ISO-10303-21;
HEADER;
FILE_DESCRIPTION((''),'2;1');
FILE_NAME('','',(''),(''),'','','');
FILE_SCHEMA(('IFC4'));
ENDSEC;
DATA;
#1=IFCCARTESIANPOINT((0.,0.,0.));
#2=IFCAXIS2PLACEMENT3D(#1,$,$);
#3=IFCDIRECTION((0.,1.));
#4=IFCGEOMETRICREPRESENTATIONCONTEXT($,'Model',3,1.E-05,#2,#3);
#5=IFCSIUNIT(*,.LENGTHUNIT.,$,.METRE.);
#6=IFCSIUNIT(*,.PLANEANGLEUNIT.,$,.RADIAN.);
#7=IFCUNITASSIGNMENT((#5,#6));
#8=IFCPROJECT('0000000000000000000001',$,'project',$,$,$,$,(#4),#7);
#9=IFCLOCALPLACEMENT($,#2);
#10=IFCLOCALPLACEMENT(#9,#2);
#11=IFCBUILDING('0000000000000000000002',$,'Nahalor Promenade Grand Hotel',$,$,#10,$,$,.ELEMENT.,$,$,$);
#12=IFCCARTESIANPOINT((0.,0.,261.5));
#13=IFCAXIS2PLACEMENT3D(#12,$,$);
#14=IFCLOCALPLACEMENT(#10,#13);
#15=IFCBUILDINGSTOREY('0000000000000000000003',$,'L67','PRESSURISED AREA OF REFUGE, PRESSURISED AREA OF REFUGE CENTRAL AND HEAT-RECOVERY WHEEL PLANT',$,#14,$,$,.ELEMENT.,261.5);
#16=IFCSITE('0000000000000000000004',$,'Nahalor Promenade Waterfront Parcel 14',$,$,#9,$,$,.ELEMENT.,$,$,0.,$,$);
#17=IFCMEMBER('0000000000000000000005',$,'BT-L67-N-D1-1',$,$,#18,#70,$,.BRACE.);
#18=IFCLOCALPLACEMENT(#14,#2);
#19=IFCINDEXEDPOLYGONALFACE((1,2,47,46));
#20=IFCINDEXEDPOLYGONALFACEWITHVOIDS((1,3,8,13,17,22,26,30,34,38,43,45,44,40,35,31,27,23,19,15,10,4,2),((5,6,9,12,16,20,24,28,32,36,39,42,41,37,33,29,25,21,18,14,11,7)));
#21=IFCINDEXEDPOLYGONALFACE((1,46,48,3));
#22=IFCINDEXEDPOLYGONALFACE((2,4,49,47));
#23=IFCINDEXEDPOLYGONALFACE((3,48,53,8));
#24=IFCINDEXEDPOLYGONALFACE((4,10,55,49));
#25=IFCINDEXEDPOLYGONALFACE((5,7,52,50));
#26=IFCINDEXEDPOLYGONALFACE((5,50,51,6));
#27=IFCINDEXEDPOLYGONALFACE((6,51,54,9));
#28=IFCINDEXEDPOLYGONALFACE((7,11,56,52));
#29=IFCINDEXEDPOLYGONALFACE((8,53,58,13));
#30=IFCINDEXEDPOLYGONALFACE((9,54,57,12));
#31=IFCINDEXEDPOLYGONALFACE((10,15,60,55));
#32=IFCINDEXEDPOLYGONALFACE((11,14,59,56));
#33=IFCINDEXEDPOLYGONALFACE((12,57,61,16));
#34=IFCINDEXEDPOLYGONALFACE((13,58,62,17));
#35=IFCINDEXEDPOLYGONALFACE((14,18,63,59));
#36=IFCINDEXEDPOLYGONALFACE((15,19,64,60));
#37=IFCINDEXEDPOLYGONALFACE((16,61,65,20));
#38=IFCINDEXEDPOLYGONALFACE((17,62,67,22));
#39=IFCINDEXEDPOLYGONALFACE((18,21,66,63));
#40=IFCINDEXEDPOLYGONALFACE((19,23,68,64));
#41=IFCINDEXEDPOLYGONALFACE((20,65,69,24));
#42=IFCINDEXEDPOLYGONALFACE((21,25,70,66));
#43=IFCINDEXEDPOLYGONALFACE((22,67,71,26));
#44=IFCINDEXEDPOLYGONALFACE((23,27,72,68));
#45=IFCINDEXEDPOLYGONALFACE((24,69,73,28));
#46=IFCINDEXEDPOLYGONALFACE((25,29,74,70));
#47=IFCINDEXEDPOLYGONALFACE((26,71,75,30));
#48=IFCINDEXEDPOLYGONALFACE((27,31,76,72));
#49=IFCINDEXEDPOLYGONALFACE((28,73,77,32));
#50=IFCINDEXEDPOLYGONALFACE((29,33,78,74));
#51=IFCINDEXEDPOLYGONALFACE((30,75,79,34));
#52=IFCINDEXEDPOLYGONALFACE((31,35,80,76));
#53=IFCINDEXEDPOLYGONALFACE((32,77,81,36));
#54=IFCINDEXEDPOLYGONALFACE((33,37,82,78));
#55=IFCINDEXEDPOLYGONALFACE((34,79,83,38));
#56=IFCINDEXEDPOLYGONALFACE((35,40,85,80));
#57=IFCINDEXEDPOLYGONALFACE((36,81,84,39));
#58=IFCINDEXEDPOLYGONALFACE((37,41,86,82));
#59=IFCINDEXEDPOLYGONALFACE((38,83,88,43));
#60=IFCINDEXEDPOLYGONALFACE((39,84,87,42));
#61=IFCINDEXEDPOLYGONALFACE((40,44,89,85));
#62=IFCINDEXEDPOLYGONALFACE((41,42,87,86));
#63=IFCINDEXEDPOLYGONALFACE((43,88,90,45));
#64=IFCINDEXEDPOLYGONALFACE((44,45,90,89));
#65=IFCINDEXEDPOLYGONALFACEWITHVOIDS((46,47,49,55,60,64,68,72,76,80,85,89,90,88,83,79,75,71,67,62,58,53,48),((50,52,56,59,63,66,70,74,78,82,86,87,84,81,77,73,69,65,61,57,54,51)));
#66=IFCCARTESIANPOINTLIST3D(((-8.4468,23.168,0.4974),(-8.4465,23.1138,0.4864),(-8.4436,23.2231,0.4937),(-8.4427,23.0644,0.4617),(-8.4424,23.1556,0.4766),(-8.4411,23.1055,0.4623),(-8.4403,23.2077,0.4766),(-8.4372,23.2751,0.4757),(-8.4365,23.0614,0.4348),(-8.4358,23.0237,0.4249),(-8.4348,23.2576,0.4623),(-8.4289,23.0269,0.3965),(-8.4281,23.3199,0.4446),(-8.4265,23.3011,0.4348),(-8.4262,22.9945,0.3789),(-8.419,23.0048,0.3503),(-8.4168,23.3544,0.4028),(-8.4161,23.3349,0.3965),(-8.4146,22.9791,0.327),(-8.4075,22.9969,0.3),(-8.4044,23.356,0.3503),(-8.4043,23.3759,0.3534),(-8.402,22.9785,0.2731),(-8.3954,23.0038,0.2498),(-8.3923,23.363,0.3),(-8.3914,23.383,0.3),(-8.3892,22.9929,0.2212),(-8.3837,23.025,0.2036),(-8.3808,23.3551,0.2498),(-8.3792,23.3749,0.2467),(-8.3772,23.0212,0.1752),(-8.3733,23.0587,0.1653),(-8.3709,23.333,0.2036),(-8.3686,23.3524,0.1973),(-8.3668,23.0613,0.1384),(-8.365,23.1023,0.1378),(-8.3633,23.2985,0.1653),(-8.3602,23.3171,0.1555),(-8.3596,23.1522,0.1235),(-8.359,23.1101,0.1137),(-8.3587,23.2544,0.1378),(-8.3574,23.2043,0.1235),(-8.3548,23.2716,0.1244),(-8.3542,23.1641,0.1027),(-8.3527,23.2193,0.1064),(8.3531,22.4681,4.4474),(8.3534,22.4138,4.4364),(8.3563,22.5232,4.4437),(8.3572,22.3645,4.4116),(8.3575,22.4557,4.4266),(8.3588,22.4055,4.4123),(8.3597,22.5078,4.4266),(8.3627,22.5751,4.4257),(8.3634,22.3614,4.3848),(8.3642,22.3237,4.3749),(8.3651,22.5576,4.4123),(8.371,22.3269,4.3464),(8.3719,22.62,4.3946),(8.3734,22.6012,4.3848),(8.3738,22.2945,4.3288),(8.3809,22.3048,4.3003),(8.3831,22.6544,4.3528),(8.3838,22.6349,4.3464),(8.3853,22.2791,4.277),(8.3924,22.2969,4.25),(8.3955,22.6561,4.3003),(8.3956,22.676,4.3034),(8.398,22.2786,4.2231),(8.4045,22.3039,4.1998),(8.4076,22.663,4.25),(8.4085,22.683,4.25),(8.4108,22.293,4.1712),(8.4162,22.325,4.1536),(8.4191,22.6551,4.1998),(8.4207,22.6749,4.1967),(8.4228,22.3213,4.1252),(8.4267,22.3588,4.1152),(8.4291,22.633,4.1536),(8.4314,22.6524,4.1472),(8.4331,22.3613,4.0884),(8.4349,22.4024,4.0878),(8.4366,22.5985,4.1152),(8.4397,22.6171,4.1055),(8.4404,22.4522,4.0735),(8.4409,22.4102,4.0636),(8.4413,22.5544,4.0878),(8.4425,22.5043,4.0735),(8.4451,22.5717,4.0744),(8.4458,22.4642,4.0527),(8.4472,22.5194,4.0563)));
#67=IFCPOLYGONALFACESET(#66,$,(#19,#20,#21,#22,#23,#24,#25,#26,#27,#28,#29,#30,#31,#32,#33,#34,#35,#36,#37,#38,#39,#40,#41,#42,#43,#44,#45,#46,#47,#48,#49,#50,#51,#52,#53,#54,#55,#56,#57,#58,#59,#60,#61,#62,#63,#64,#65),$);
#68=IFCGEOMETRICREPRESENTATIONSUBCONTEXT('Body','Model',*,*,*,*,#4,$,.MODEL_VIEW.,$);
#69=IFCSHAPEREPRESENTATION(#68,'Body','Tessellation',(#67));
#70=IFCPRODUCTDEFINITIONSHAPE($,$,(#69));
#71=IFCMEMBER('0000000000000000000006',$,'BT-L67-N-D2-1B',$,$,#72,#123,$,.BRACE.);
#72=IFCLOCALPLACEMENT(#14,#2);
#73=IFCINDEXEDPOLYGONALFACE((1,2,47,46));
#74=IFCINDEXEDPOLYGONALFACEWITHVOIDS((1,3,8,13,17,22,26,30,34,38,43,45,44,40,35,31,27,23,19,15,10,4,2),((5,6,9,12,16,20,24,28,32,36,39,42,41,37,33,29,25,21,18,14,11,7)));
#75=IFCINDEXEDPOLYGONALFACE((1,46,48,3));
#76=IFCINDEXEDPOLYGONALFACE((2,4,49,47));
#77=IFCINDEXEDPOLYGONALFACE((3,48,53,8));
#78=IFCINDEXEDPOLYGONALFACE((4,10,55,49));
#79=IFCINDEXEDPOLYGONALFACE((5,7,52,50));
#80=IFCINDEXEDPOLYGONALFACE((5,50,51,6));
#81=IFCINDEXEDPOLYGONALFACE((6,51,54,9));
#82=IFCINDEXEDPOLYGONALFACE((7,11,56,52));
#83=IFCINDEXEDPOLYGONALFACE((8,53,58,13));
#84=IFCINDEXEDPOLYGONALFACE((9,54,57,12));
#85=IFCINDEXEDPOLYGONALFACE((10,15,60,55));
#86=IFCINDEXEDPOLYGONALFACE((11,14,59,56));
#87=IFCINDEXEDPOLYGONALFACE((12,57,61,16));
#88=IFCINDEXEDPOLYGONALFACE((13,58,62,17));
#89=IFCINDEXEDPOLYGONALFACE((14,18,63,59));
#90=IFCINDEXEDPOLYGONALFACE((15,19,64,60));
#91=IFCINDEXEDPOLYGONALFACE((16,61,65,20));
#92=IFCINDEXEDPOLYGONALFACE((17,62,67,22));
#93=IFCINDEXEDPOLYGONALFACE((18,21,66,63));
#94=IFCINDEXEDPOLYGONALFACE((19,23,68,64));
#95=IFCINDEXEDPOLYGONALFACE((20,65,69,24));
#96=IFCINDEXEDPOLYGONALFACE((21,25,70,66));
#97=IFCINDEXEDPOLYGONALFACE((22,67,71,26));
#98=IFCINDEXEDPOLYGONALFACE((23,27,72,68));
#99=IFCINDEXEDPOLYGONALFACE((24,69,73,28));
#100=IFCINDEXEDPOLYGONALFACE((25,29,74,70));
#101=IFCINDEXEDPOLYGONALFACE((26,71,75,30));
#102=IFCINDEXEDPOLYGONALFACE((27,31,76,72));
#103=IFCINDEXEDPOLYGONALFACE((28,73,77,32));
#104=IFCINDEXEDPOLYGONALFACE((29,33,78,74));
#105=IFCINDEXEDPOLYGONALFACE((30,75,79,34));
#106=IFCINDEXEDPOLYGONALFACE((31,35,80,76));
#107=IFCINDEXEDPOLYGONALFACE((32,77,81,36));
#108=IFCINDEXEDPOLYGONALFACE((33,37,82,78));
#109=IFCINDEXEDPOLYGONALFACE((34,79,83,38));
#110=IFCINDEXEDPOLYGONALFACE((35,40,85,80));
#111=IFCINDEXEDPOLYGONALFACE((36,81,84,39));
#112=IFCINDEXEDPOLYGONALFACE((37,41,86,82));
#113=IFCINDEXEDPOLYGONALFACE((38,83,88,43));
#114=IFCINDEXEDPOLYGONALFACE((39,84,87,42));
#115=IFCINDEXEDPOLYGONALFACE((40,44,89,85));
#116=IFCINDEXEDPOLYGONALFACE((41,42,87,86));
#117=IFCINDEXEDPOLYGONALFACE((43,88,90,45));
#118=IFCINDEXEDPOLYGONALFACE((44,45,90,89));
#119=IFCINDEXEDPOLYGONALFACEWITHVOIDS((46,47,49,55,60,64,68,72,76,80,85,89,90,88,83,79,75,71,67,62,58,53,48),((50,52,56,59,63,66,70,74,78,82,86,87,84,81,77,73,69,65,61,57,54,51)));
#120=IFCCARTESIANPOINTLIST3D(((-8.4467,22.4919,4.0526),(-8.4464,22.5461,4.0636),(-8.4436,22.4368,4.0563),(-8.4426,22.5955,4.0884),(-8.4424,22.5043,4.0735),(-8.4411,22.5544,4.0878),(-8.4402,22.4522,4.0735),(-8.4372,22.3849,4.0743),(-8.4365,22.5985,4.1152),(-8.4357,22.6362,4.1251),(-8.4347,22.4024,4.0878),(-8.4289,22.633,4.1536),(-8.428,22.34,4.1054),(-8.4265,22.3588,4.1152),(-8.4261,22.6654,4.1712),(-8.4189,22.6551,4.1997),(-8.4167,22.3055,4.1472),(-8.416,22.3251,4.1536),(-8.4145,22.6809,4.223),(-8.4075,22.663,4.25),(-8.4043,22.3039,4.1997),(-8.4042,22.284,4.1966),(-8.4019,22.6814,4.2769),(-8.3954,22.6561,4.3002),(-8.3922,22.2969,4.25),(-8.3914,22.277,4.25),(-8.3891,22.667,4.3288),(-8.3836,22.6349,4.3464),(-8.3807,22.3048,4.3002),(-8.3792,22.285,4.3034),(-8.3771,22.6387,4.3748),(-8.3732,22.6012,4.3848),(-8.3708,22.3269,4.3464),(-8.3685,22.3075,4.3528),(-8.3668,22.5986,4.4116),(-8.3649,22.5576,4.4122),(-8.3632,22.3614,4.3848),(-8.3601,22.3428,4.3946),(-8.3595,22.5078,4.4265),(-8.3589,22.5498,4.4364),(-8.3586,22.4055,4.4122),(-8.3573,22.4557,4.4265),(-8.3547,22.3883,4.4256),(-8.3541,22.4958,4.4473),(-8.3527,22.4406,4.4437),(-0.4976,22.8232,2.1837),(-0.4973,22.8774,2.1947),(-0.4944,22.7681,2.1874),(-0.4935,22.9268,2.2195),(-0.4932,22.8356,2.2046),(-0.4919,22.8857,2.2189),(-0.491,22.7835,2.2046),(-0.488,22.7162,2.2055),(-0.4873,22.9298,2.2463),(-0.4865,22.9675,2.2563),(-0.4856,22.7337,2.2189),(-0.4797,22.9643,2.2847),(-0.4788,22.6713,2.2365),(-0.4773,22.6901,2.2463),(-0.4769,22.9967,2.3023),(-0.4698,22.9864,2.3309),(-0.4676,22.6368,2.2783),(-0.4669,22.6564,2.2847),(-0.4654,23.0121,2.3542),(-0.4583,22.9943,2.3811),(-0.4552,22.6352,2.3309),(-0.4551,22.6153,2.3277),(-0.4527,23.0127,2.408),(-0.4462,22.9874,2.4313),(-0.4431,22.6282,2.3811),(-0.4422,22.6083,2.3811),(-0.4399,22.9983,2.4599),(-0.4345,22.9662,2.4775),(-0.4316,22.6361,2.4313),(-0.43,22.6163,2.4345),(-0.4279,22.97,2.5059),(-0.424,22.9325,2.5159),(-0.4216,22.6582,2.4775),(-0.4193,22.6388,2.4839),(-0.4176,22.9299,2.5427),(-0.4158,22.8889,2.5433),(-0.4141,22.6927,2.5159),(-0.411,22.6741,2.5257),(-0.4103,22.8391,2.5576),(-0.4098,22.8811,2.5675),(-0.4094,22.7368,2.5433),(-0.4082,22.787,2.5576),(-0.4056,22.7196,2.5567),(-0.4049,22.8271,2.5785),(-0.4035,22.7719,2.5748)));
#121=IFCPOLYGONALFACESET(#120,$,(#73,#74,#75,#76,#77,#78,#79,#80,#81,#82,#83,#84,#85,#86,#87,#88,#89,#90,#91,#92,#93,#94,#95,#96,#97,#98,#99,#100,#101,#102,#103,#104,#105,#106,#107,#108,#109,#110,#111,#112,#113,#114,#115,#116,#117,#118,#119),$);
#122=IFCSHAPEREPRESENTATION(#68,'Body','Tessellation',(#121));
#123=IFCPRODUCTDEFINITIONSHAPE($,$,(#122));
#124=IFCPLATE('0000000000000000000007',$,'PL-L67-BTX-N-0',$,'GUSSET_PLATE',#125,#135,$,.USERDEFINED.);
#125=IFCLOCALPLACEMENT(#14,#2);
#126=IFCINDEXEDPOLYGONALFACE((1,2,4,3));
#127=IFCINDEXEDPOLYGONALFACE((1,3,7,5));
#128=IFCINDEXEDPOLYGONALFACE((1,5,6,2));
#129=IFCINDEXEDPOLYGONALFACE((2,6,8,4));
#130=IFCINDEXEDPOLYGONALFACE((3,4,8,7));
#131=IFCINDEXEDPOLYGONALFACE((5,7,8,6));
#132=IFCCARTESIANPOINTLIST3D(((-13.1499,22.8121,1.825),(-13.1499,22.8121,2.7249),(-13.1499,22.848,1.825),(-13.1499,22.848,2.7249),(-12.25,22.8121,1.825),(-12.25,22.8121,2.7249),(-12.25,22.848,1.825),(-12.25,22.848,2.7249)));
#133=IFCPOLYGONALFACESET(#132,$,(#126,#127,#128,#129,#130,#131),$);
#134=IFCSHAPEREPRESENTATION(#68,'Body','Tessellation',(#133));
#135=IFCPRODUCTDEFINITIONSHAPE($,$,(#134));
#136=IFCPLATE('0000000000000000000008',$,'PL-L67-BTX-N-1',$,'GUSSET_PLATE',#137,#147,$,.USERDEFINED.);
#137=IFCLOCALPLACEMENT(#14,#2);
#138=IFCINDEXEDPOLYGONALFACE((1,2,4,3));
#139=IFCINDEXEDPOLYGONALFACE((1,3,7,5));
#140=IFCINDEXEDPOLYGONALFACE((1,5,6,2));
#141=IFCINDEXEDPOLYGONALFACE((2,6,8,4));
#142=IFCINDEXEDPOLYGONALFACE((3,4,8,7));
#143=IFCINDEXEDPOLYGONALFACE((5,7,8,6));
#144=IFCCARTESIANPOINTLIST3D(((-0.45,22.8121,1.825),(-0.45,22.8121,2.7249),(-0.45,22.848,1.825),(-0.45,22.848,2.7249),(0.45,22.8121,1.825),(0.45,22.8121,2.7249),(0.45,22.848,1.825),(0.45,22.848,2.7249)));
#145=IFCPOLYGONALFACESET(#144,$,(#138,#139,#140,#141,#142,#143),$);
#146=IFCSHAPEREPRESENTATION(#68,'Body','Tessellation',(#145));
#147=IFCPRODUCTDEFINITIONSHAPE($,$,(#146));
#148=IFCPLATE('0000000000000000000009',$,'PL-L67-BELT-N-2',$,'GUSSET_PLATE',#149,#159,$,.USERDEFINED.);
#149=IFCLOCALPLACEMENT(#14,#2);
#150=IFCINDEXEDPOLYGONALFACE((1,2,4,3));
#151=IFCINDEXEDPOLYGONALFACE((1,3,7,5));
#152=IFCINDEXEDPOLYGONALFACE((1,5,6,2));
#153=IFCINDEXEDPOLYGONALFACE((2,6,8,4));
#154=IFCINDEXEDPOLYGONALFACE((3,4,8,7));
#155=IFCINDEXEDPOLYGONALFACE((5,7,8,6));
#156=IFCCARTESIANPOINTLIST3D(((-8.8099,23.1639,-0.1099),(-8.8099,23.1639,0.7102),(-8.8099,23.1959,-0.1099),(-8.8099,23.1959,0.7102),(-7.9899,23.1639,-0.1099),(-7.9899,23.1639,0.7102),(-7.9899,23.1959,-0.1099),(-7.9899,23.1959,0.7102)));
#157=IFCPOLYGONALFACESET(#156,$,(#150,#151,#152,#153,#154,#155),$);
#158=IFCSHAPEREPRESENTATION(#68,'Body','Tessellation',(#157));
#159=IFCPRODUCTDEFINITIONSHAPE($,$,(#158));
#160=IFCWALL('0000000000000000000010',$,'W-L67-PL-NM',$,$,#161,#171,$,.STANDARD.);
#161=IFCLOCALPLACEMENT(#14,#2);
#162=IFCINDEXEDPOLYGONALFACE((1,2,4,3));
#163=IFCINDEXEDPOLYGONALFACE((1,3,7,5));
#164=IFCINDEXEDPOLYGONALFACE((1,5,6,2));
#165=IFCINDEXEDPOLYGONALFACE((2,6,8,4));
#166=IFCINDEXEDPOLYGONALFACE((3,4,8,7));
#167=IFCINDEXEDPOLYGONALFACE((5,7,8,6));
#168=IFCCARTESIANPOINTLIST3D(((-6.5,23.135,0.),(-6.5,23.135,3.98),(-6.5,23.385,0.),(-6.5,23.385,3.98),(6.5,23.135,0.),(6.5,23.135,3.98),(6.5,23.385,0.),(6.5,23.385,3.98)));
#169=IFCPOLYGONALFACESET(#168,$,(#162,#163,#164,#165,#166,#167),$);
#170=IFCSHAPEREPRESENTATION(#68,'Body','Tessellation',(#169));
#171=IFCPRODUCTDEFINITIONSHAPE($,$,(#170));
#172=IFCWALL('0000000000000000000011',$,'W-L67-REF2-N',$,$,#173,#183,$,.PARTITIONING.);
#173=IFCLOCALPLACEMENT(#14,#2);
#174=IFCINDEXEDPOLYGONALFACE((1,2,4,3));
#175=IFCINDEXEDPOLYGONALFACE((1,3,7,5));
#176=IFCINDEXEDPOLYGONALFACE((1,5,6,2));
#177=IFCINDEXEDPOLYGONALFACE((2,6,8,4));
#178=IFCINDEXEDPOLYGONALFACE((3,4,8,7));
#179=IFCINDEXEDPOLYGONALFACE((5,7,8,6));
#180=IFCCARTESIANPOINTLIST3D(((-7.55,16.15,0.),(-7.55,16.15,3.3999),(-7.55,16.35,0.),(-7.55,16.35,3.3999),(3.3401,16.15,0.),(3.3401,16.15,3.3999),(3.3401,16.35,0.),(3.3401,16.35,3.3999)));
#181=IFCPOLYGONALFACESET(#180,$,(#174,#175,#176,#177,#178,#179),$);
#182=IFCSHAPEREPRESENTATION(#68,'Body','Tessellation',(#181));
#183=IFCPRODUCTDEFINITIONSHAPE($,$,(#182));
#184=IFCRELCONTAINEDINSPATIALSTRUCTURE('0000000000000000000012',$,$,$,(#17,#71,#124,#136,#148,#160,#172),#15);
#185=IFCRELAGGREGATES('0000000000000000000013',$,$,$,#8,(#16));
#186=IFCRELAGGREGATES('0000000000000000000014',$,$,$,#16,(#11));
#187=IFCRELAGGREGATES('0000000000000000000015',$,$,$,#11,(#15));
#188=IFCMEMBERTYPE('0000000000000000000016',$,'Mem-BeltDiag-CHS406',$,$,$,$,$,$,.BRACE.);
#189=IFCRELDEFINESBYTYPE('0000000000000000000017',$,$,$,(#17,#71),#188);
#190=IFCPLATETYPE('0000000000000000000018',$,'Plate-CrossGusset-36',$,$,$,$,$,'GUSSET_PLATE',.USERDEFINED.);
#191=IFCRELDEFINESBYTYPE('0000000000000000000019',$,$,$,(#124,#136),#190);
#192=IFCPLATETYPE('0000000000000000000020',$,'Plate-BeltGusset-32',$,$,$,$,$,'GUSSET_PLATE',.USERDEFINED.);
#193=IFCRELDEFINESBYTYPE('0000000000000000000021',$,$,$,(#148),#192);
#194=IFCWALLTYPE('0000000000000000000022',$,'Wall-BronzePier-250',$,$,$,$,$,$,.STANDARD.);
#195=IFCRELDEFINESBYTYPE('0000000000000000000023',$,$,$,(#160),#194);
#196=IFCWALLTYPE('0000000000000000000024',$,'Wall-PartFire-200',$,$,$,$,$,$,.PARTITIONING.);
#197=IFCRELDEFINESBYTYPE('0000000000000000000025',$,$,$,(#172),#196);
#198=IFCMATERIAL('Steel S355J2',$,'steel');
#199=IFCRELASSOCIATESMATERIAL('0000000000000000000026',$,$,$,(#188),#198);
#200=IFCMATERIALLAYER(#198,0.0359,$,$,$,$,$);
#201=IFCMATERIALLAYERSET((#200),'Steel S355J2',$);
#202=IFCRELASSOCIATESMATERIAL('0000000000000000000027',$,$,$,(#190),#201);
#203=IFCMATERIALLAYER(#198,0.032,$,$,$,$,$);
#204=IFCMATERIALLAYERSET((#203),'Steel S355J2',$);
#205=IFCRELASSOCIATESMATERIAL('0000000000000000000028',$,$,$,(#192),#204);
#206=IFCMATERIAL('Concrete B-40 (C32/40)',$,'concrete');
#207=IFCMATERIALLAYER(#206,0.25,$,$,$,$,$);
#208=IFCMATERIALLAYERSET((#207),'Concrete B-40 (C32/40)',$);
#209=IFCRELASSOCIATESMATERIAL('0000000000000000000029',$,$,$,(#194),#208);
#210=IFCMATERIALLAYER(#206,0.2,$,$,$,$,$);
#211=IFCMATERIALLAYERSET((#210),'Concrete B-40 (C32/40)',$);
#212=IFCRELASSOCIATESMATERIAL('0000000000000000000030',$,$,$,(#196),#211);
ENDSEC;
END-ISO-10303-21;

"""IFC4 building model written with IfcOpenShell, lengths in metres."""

from ifc_helpers import new_model, si_unit, direction, frame, frame_2d, origin, origin_2d, place, context, subcontext, project, spatial, rectangle, hollow_circle, extrude, source, transform, mapped, material, layer, layer_set, material_profile, profile_set, type_object, element, save


model = new_model("IFC4")

# Units and contexts
model_context = context("Model", 3, precision=1e-05, world=origin(), true_north=direction((0.0, 1.0)))
body_context = subcontext(model_context, "Body", "Model", "MODEL_VIEW")
ifc_project = project(units=[si_unit("LENGTHUNIT", "METRE"), si_unit("PLANEANGLEUNIT", "RADIAN")], contexts=[model_context])

# Site, building, storey
site_placement = place(None, origin())
site = spatial("IfcSite", under=ifc_project, at=site_placement, Name="Nahalor Promenade Waterfront Parcel 14", CompositionType="ELEMENT", RefElevation=0.0)
building_placement = place(site_placement, origin())
building = spatial("IfcBuilding", under=site, at=building_placement, Name="Nahalor Promenade Grand Hotel", CompositionType="ELEMENT")
storey_placement = place(building_placement, frame((0.0, 0.0, 261.5)))
storey = spatial("IfcBuildingStorey", under=building, at=storey_placement, Name="L67", Description="PRESSURISED AREA OF REFUGE, PRESSURISED AREA OF REFUGE CENTRAL AND HEAT-RECOVERY WHEEL PLANT", CompositionType="ELEMENT", Elevation=261.5)

# Members
ifc_material_1 = material(Name="Steel S355J2", Category="steel")
ifc_material_profile_1 = material_profile(ifc_material_1, hollow_circle(Radius=0.2032, WallThickness=0.02, at=origin_2d()), Name="CHS 406.4x20")
ifc_profile_set_1 = profile_set([ifc_material_profile_1], Name="Steel S355J2")
member_type = type_object("IfcMemberType", Name="Mem-BeltDiag-CHS406", PredefinedType="BRACE", material=ifc_profile_set_1)
shared_shape_1 = source(origin(), body_context, "Body", "SweptSolid", [
    extrude(hollow_circle(Radius=0.2032, WallThickness=0.02, at=origin_2d()), origin(), (0.0, 0.0, 1.0), 17.2722),
])
member_1_placement = place(storey_placement, frame((-8.3999, 23.1799, 0.3), z_axis=(0.972656, -0.040525, 0.22869), x_axis=(0.041628, 0.999133, 0.0)))
element("IfcMember", 1, at=member_1_placement, inside=storey, type_object=member_type, Name="BT-L67-N-D1-1", PredefinedType="BRACE", context=body_context, shape_type="MappedRepresentation", body=[
    mapped(shared_shape_1, transform((0.0, 0.0, 0.0), scale=1.0)),
])
shared_shape_2 = source(origin(), body_context, "Body", "SweptSolid", [
    extrude(hollow_circle(Radius=0.2032, WallThickness=0.02, at=origin_2d()), origin(), (0.0, 0.0, 1.0), 8.1726),
])
member_2_placement = place(storey_placement, frame((-0.4507, 22.8113, 2.3811), z_axis=(-0.972658, -0.040537, 0.228676), x_axis=(0.041641, -0.999133, 0.0)))
element("IfcMember", 2, at=member_2_placement, inside=storey, type_object=member_type, Name="BT-L67-N-D2-1B", PredefinedType="BRACE", context=body_context, shape_type="MappedRepresentation", body=[
    mapped(shared_shape_2, transform((0.0, 0.0, 0.0), scale=1.0)),
])

# Plates
ifc_layer_1 = layer(ifc_material_1, 0.0359)
ifc_layer_set_1 = layer_set([ifc_layer_1], Name="Steel S355J2")
plate_type_1 = type_object("IfcPlateType", Name="Plate-CrossGusset-36", ElementType="GUSSET_PLATE", PredefinedType="USERDEFINED", material=ifc_layer_set_1)
shared_shape_3 = source(origin(), body_context, "Body", "SweptSolid", [
    extrude(rectangle(XDim=0.8999, YDim=0.0359, at=origin_2d()), origin(), (0.0, 0.0, 1.0), 0.8999),
])
for number, where, z_axis, x_axis, name in (
    (3, (-12.7, 22.8301, 1.825), (0.0, 0.0, 1.0), (1.0, 0.0, 0.0), "PL-L67-BTX-N-0"),
    (4, (0.0, 22.8301, 1.825), (0.0, 0.0, 1.0), (1.0, 0.0, 0.0), "PL-L67-BTX-N-1"),
):
    element("IfcPlate", number, at=place(storey_placement, frame(where, z_axis=z_axis, x_axis=x_axis)), inside=storey, type_object=plate_type_1, Name=name, ObjectType="GUSSET_PLATE", PredefinedType="USERDEFINED", context=body_context, shape_type="MappedRepresentation", body=[
        mapped(shared_shape_3, transform((0.0, 0.0, 0.0), scale=1.0)),
    ])
ifc_layer_2 = layer(ifc_material_1, 0.032)
ifc_layer_set_2 = layer_set([ifc_layer_2], Name="Steel S355J2")
plate_type_2 = type_object("IfcPlateType", Name="Plate-BeltGusset-32", ElementType="GUSSET_PLATE", PredefinedType="USERDEFINED", material=ifc_layer_set_2)
shared_shape_4 = source(origin(), body_context, "Body", "SweptSolid", [
    extrude(rectangle(XDim=0.8201, YDim=0.032, at=origin_2d()), origin(), (0.0, 0.0, 1.0), 0.8201),
])
plate_placement = place(storey_placement, frame((-8.3999, 23.1799, -0.1099), z_axis=(0.0, 0.0, 1.0), x_axis=(1.0, 0.0, 0.0)))
element("IfcPlate", 5, at=plate_placement, inside=storey, type_object=plate_type_2, Name="PL-L67-BELT-N-2", ObjectType="GUSSET_PLATE", PredefinedType="USERDEFINED", context=body_context, shape_type="MappedRepresentation", body=[
    mapped(shared_shape_4, transform((0.0, 0.0, 0.0), scale=1.0)),
])

# Walls
ifc_material_2 = material(Name="Concrete B-40 (C32/40)", Category="concrete")
ifc_layer_3 = layer(ifc_material_2, 0.25)
ifc_layer_set_3 = layer_set([ifc_layer_3], Name="Concrete B-40 (C32/40)")
wall_type_1 = type_object("IfcWallType", Name="Wall-BronzePier-250", PredefinedType="STANDARD", material=ifc_layer_set_3)
shared_shape_5 = source(origin(), body_context, "Body", "SweptSolid", [
    extrude(rectangle(XDim=13.0, YDim=0.25, at=frame_2d((6.5, 0.0))), origin(), (0.0, 0.0, 1.0), 3.98),
])
wall_1_placement = place(storey_placement, frame((-6.5, 23.26, 0.0), z_axis=(0.0, 0.0, 1.0), x_axis=(1.0, 0.0, 0.0)))
element("IfcWall", 6, at=wall_1_placement, inside=storey, type_object=wall_type_1, Name="W-L67-PL-NM", PredefinedType="STANDARD", context=body_context, shape_type="MappedRepresentation", body=[
    mapped(shared_shape_5, transform((0.0, 0.0, 0.0), scale=1.0)),
])
ifc_layer_4 = layer(ifc_material_2, 0.2)
ifc_layer_set_4 = layer_set([ifc_layer_4], Name="Concrete B-40 (C32/40)")
wall_type_2 = type_object("IfcWallType", Name="Wall-PartFire-200", PredefinedType="PARTITIONING", material=ifc_layer_set_4)
shared_shape_6 = source(origin(), body_context, "Body", "SweptSolid", [
    extrude(rectangle(XDim=10.8901, YDim=0.2, at=frame_2d((5.4451, 0.0))), origin(), (0.0, 0.0, 1.0), 3.3999),
])
wall_2_placement = place(storey_placement, frame((-7.55, 16.25, 0.0), z_axis=(0.0, 0.0, 1.0), x_axis=(1.0, 0.0, 0.0)))
element("IfcWall", 7, at=wall_2_placement, inside=storey, type_object=wall_type_2, Name="W-L67-REF2-N", PredefinedType="PARTITIONING", context=body_context, shape_type="MappedRepresentation", body=[
    mapped(shared_shape_6, transform((0.0, 0.0, 0.0), scale=1.0)),
])

save(model, "model.ifc")
